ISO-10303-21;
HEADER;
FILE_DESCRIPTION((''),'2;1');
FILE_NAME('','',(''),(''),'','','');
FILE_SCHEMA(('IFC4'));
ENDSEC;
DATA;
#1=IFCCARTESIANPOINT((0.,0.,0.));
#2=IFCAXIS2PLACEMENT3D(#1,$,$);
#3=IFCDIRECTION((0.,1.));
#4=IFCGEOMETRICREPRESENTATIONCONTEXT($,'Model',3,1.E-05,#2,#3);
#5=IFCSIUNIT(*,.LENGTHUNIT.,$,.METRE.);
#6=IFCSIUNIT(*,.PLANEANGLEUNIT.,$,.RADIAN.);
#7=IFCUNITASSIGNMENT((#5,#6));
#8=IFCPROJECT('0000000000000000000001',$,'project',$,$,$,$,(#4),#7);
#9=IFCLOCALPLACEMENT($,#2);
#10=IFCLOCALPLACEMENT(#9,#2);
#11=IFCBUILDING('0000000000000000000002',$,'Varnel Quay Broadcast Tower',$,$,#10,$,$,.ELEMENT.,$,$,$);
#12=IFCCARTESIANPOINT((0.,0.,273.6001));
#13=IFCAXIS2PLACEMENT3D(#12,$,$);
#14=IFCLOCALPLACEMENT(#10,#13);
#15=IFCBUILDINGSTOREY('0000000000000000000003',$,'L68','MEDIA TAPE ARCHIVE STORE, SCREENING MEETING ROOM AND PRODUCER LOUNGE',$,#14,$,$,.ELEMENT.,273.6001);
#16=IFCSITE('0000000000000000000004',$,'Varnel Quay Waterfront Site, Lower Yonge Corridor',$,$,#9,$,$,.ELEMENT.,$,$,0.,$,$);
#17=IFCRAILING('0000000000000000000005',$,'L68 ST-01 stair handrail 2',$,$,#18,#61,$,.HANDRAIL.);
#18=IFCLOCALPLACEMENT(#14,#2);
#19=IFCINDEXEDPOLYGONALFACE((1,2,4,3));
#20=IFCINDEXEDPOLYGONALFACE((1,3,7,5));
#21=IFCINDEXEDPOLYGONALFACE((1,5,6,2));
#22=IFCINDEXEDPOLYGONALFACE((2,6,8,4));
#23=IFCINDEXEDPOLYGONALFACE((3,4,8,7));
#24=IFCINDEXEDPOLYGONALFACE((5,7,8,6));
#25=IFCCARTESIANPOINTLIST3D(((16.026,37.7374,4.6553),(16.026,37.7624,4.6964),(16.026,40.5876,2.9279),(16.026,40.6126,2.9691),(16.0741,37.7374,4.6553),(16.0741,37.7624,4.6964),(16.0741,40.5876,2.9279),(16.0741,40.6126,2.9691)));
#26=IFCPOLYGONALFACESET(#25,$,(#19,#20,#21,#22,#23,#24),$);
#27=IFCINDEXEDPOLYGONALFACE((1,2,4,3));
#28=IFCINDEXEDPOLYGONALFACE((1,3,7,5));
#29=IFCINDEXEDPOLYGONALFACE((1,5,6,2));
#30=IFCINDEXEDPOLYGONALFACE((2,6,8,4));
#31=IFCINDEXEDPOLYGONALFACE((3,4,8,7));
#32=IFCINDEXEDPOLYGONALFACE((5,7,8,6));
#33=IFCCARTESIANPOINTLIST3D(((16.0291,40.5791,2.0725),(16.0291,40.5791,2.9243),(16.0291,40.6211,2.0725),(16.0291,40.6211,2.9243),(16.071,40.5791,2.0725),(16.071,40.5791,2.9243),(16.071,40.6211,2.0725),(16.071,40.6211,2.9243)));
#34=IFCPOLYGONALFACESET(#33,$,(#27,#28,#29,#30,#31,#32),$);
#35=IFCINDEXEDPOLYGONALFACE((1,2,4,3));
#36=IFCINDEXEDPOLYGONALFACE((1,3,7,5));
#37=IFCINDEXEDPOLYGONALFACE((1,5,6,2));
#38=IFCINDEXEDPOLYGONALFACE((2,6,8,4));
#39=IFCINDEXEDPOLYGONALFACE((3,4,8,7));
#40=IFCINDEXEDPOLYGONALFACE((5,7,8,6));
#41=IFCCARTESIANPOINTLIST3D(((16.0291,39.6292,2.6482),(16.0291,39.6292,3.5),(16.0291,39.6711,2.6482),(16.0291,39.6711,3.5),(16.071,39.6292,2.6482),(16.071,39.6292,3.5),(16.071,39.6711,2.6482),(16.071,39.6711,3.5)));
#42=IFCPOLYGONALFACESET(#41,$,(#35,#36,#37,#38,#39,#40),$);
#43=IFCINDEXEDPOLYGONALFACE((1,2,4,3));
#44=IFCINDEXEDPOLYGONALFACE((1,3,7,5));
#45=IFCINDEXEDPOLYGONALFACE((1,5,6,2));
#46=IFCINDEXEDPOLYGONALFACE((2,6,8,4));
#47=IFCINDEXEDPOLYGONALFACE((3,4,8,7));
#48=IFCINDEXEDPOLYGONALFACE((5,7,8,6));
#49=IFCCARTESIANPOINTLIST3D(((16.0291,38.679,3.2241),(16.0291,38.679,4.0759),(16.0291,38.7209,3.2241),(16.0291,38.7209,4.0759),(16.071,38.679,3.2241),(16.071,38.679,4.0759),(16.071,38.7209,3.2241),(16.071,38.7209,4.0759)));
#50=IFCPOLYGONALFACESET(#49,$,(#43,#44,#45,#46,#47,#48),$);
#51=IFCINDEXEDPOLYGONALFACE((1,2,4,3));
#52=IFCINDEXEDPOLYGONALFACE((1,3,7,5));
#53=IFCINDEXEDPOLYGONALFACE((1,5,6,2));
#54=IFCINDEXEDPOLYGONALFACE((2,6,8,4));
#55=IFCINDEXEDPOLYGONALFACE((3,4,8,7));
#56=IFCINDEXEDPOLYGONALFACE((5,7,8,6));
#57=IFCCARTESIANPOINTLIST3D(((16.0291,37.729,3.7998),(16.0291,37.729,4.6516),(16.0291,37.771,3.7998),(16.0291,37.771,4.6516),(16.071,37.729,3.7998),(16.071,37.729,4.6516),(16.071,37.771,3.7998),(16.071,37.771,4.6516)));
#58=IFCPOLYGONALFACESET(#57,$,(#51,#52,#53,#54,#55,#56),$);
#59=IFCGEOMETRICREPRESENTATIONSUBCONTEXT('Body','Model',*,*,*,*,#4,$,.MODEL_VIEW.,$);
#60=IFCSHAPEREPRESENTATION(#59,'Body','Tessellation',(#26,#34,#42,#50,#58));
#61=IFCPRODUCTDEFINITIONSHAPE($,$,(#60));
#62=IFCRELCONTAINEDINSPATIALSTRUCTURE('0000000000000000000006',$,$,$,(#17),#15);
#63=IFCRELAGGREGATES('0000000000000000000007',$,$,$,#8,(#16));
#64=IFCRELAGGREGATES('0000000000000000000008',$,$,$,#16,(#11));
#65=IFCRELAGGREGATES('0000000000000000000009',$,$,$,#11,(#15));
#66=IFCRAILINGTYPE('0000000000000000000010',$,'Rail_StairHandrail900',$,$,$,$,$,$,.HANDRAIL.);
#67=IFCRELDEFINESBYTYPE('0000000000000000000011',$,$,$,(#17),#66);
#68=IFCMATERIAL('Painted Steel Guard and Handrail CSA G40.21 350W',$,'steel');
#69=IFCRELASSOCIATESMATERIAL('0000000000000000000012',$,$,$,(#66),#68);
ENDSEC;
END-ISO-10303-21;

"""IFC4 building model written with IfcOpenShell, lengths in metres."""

from ifc_helpers import new_model, si_unit, direction, frame, origin, origin_2d, place, context, subcontext, project, spatial, rectangle, extrude, material, type_object, element, save


model = new_model("IFC4")

# Units and contexts
model_context = context("Model", 3, precision=1e-05, world=origin(), true_north=direction((0.0, 1.0)))
body_context = subcontext(model_context, "Body", "Model", "MODEL_VIEW")
ifc_project = project(units=[si_unit("LENGTHUNIT", "METRE"), si_unit("PLANEANGLEUNIT", "RADIAN")], contexts=[model_context])

# Site, building, storey
site_placement = place(None, origin())
site = spatial("IfcSite", under=ifc_project, at=site_placement, Name="Varnel Quay Waterfront Site, Lower Yonge Corridor", CompositionType="ELEMENT", RefElevation=0.0)
building_placement = place(site_placement, origin())
building = spatial("IfcBuilding", under=site, at=building_placement, Name="Varnel Quay Broadcast Tower", CompositionType="ELEMENT")
storey_placement = place(building_placement, frame((0.0, 0.0, 273.6001)))
storey = spatial("IfcBuildingStorey", under=building, at=storey_placement, Name="L68", Description="MEDIA TAPE ARCHIVE STORE, SCREENING MEETING ROOM AND PRODUCER LOUNGE", CompositionType="ELEMENT", Elevation=273.6001)

# Railing
ifc_material_1 = material(Name="Painted Steel Guard and Handrail CSA G40.21 350W", Category="steel")
railing_type_1 = type_object("IfcRailingType", Name="Rail_StairHandrail900", PredefinedType="HANDRAIL", material=ifc_material_1)
railing_1_placement = place(storey_placement, frame((16.05, 40.6001, 2.0725)))
element("IfcRailing", 1, at=railing_1_placement, inside=storey, type_object=railing_type_1, Name="L68 ST-01 stair handrail 2", PredefinedType="HANDRAIL", context=body_context, shape_type="SweptSolid", body=[
    extrude(rectangle(XDim=0.0481, YDim=0.0481, at=origin_2d()), frame((0.0, 0.0, 0.876), z_axis=(0.0, -0.855203, 0.518294), x_axis=(1.0, 0.0, 0.0)), (0.0, 0.0, 1.0), 3.3328),
    extrude(rectangle(XDim=0.042, YDim=0.042, at=origin_2d()), origin(), (0.0, 0.0, 1.0), 0.8518),
    extrude(rectangle(XDim=0.042, YDim=0.042, at=origin_2d()), frame((0.0, -0.95, 0.5757)), (0.0, 0.0, 1.0), 0.8518),
    extrude(rectangle(XDim=0.042, YDim=0.042, at=origin_2d()), frame((0.0, -1.9001, 1.1516)), (0.0, 0.0, 1.0), 0.8518),
    extrude(rectangle(XDim=0.042, YDim=0.042, at=origin_2d()), frame((0.0, -2.8501, 1.7273)), (0.0, 0.0, 1.0), 0.8518),
])

save(model, "model.ifc")
